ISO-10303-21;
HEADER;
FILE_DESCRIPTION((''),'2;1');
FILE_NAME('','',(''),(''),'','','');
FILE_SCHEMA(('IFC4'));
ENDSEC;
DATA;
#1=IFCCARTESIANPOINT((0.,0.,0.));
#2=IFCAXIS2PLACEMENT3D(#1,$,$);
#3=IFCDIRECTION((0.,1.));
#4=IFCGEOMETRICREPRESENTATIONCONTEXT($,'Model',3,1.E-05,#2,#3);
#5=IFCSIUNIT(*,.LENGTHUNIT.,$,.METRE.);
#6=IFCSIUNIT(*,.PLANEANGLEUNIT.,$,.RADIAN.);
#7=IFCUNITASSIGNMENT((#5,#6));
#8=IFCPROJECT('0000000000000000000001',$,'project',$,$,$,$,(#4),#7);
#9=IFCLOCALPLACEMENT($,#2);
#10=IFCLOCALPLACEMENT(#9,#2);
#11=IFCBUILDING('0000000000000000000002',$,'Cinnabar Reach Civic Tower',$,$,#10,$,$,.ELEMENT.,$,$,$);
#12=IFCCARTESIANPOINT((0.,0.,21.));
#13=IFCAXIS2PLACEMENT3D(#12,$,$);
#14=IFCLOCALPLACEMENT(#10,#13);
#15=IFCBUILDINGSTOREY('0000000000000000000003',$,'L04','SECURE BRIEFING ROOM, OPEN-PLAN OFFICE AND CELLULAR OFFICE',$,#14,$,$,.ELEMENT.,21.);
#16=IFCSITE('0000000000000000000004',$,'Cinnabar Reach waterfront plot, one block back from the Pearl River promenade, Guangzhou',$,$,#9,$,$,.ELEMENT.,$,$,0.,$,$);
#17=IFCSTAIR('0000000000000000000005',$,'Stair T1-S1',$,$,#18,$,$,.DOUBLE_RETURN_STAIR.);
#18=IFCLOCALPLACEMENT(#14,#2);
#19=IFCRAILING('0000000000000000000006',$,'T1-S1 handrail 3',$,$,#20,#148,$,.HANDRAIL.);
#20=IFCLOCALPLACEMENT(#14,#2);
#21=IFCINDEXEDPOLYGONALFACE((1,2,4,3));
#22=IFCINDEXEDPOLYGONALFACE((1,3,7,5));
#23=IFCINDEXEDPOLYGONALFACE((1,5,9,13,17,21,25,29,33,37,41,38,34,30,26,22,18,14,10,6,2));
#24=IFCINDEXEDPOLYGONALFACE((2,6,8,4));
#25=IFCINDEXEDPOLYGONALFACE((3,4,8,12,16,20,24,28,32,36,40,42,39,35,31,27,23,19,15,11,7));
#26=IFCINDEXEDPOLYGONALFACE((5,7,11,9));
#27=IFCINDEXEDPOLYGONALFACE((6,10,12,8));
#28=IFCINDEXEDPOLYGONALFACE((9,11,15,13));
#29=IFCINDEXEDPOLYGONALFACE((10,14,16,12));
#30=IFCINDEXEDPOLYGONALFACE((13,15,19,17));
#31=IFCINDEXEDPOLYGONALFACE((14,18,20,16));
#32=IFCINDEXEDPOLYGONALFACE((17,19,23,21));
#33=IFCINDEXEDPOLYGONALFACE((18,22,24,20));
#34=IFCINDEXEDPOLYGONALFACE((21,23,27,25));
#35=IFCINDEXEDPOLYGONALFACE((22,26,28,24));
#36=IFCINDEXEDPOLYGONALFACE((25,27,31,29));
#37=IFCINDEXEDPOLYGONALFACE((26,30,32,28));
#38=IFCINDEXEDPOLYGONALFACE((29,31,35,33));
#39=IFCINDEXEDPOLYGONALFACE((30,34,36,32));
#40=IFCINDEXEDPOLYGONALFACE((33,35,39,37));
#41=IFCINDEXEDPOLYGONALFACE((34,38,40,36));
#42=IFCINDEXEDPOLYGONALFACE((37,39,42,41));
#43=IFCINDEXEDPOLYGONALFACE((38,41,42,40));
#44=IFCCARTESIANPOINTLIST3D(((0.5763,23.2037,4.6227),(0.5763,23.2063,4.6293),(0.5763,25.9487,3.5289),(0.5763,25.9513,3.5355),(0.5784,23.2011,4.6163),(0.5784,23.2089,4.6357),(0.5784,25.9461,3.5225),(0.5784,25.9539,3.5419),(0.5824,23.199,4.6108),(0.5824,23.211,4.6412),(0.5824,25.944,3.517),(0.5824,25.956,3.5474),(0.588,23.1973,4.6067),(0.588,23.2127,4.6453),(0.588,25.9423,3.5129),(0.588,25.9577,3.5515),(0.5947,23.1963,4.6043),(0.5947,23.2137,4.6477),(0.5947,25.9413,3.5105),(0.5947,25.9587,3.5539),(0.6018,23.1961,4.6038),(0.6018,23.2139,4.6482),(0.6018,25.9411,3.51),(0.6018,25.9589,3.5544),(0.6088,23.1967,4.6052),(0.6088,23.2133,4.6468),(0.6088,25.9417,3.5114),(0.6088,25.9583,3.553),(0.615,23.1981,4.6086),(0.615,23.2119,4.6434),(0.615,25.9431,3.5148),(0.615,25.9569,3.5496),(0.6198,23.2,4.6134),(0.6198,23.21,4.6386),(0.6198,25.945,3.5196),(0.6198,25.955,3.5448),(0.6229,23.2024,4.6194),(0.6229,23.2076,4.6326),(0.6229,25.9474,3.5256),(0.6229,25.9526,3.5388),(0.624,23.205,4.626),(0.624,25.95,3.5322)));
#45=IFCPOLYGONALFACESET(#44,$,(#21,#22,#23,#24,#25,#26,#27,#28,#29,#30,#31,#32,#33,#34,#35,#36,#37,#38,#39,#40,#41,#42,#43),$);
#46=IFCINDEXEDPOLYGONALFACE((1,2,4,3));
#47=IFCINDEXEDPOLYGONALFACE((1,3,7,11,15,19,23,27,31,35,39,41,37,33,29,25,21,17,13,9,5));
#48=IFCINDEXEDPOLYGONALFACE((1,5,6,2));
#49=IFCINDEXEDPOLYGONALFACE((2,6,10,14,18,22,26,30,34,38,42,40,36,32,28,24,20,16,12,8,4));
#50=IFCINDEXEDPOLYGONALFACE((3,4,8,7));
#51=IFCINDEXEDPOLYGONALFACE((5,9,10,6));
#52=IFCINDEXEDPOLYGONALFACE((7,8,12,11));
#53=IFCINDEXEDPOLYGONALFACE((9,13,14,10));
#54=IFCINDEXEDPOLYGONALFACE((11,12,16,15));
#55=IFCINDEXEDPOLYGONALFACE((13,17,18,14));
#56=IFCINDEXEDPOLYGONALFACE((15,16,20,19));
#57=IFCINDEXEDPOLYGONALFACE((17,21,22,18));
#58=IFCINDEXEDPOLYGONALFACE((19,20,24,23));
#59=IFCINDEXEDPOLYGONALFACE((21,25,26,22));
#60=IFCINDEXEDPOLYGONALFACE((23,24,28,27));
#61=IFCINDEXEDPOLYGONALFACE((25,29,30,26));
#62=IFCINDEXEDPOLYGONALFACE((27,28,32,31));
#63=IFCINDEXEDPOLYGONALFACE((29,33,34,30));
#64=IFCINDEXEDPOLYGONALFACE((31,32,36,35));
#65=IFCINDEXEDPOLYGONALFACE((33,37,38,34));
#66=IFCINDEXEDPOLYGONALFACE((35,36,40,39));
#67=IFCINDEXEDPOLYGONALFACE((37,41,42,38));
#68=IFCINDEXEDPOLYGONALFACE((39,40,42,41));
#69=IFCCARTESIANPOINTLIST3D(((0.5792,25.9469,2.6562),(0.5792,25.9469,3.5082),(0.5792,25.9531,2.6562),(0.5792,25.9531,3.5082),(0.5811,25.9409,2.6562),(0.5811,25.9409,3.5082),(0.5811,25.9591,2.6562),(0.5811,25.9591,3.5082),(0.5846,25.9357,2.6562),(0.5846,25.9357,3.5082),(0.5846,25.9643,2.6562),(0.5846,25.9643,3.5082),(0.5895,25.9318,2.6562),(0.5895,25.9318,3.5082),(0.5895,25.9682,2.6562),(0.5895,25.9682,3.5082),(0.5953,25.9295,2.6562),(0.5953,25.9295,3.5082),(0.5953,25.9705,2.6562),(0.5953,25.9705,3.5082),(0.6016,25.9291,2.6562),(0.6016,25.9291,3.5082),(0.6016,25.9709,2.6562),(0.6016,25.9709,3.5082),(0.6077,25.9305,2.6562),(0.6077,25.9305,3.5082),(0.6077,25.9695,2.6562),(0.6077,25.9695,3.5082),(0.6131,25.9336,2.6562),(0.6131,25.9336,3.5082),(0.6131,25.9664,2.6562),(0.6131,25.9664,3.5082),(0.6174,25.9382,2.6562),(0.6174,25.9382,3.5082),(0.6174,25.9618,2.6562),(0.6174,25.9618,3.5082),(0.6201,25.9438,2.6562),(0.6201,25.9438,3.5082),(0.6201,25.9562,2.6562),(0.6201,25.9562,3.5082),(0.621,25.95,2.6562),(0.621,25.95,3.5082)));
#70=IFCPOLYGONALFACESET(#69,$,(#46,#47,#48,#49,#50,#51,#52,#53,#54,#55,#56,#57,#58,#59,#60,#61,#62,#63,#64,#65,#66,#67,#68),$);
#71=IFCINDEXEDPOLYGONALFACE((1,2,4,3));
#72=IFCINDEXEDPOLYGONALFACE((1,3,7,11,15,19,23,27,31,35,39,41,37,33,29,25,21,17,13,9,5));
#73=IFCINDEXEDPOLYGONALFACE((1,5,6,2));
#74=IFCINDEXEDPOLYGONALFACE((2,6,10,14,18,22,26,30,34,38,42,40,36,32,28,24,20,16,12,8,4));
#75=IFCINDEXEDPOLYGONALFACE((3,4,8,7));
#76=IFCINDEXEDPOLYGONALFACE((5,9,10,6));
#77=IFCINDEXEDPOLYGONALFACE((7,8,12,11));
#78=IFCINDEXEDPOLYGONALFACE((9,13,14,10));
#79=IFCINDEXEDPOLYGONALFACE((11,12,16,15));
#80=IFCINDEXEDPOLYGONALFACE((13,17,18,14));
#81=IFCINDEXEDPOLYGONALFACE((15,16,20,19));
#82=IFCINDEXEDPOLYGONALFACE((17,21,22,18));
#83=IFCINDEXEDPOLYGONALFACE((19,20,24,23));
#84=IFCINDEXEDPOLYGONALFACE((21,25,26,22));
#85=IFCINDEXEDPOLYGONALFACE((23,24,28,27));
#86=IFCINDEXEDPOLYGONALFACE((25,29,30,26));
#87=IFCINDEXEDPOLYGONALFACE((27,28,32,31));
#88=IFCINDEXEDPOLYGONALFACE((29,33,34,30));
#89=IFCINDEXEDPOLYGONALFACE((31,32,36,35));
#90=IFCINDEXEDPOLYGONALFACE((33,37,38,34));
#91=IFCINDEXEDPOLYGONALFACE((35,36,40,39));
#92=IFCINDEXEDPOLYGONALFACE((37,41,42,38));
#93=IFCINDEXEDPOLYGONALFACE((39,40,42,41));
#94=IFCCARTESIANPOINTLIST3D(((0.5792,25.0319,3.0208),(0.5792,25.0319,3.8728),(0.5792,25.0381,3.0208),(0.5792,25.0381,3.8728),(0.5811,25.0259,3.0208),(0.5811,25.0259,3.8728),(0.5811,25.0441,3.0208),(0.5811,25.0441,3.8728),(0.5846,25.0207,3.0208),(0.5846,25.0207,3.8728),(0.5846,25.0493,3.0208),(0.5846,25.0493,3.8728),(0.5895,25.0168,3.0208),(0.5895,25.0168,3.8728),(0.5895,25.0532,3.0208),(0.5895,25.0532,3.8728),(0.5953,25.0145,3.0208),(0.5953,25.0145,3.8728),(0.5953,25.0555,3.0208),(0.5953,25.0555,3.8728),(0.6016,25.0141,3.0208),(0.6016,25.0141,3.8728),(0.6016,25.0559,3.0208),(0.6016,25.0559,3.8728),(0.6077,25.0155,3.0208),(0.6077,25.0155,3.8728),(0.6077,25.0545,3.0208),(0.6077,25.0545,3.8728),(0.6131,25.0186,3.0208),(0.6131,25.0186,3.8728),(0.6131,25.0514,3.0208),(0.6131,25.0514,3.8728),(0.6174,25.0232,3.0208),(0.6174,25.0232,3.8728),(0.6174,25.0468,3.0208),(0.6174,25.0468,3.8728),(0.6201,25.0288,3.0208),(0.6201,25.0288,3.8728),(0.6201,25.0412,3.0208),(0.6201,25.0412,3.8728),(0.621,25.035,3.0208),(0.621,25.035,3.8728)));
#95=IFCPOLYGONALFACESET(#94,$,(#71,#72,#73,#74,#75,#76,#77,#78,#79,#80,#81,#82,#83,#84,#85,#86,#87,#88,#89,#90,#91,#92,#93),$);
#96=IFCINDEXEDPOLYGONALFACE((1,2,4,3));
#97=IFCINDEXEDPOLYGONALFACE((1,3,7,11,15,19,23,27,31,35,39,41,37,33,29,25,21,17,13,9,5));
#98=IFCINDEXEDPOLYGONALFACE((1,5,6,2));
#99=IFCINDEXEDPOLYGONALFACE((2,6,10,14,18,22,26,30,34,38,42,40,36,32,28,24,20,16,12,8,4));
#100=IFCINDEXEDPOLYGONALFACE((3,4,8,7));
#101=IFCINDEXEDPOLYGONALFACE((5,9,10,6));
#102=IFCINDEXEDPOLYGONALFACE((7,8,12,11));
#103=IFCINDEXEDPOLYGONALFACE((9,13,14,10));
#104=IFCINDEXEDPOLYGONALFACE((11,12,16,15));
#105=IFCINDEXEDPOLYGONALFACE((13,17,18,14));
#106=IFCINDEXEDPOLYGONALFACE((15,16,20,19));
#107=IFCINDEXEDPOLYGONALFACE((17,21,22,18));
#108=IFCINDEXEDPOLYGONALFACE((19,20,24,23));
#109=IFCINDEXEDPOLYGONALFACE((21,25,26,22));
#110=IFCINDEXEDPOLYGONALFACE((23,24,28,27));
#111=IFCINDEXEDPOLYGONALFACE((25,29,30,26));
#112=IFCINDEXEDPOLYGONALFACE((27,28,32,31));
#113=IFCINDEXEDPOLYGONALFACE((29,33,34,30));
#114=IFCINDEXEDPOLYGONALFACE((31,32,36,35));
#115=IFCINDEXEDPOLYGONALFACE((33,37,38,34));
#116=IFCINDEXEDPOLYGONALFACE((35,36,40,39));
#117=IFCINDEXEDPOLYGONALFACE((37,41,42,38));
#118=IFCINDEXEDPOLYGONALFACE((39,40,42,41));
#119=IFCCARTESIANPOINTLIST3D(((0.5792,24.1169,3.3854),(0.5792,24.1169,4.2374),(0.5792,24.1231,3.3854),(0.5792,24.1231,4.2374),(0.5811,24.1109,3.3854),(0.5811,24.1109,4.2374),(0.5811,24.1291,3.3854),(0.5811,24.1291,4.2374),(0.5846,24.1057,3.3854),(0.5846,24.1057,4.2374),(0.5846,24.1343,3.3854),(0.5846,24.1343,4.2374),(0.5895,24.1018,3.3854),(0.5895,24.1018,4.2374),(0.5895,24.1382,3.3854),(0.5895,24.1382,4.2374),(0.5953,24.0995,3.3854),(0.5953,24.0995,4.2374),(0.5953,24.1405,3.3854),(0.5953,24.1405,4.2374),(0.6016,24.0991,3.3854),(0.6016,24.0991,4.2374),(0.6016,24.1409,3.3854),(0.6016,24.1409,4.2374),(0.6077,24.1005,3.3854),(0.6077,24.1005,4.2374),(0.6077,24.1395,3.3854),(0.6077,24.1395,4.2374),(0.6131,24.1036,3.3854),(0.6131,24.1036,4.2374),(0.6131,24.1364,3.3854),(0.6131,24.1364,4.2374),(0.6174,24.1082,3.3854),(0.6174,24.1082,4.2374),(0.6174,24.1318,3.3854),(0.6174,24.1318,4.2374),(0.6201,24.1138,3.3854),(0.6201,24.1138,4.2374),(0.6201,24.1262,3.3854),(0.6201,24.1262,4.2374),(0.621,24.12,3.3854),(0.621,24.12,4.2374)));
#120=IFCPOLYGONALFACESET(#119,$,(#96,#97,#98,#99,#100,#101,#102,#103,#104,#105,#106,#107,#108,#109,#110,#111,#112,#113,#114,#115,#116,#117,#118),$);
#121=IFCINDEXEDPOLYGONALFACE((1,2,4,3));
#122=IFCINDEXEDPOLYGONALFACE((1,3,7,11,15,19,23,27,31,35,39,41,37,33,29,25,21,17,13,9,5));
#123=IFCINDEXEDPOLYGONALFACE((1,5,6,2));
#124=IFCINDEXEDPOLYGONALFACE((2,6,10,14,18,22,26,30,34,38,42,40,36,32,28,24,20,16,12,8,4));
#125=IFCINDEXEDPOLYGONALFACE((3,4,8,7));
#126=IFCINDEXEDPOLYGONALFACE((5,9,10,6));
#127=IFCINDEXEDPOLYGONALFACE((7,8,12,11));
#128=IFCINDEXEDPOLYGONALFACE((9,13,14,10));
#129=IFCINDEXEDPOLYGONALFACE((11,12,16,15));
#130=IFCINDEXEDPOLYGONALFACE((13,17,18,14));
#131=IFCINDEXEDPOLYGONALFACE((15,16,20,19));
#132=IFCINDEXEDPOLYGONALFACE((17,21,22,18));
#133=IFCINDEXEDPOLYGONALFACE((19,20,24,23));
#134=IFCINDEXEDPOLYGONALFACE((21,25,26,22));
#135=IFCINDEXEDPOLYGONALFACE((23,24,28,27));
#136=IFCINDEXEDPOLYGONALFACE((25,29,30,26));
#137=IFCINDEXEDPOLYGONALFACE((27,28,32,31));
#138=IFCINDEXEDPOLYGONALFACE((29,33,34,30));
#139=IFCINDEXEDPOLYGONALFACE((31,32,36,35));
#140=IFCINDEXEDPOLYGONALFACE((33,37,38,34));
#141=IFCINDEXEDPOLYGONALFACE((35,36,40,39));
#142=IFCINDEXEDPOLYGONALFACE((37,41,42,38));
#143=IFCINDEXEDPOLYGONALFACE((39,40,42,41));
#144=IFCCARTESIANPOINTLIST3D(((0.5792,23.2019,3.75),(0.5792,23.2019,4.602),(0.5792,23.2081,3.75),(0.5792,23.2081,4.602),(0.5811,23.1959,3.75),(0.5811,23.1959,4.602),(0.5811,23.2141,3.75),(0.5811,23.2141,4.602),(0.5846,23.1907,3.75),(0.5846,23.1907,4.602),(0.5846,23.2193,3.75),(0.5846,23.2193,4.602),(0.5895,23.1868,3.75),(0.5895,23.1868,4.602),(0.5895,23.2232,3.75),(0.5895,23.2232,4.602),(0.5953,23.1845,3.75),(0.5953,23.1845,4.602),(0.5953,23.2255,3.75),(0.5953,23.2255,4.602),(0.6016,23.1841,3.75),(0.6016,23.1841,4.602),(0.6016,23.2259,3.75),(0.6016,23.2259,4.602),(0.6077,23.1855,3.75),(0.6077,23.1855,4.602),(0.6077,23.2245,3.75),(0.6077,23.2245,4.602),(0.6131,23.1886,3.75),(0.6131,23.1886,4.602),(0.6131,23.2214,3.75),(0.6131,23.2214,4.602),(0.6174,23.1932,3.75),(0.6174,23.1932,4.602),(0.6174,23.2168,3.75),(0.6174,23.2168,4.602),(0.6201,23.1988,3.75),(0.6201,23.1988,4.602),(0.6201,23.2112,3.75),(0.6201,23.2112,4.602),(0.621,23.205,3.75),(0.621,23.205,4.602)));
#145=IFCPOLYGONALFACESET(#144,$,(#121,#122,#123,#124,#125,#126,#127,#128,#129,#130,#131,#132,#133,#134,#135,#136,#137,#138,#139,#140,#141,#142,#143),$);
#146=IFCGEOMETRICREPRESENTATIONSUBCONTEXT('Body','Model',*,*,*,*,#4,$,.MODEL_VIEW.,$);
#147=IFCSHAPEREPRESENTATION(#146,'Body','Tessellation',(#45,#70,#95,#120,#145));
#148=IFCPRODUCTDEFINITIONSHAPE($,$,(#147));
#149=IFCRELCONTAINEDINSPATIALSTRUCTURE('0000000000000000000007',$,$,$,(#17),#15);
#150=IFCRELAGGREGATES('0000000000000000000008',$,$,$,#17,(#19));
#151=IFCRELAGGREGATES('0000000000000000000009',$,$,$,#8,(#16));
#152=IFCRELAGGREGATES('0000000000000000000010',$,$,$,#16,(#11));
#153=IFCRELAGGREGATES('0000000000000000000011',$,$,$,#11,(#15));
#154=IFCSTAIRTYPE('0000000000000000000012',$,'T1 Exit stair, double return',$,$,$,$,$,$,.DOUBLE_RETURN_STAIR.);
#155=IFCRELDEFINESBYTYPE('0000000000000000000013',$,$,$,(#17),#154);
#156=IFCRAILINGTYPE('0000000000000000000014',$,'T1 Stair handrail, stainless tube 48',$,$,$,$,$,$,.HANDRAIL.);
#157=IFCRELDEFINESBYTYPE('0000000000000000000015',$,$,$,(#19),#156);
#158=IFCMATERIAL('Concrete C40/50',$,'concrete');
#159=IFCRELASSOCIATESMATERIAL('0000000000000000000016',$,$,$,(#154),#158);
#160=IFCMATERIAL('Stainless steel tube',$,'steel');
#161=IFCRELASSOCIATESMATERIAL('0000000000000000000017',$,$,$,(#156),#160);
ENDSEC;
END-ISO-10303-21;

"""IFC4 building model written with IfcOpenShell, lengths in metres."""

from ifc_helpers import new_model, si_unit, direction, frame, origin, origin_2d, place, context, subcontext, project, spatial, circle, extrude, material, type_object, element, aggregate, save


model = new_model("IFC4")

# Units and contexts
model_context = context("Model", 3, precision=1e-05, world=origin(), true_north=direction((0.0, 1.0)))
body_context = subcontext(model_context, "Body", "Model", "MODEL_VIEW")
ifc_project = project(units=[si_unit("LENGTHUNIT", "METRE"), si_unit("PLANEANGLEUNIT", "RADIAN")], contexts=[model_context])

# Site, building, storey
site_placement = place(None, origin())
site = spatial("IfcSite", under=ifc_project, at=site_placement, Name="Cinnabar Reach waterfront plot, one block back from the Pearl River promenade, Guangzhou", CompositionType="ELEMENT", RefElevation=0.0)
building_placement = place(site_placement, origin())
building = spatial("IfcBuilding", under=site, at=building_placement, Name="Cinnabar Reach Civic Tower", CompositionType="ELEMENT")
storey_placement = place(building_placement, frame((0.0, 0.0, 21.0)))
storey = spatial("IfcBuildingStorey", under=building, at=storey_placement, Name="L04", Description="SECURE BRIEFING ROOM, OPEN-PLAN OFFICE AND CELLULAR OFFICE", CompositionType="ELEMENT", Elevation=21.0)

# Stair
ifc_material_1 = material(Name="Concrete C40/50", Category="concrete")
stair_type = type_object("IfcStairType", Name="T1 Exit stair, double return", PredefinedType="DOUBLE_RETURN_STAIR", material=ifc_material_1)
stair_1_placement = place(storey_placement, origin())
stair_1 = element("IfcStair", 1, at=stair_1_placement, inside=storey, type_object=stair_type, Name="Stair T1-S1", PredefinedType="DOUBLE_RETURN_STAIR")

# Railing
ifc_material_2 = material(Name="Stainless steel tube", Category="steel")
railing_type_1 = type_object("IfcRailingType", Name="T1 Stair handrail, stainless tube 48", PredefinedType="HANDRAIL", material=ifc_material_2)
railing_1_placement = place(storey_placement, frame((0.6, 25.95, 2.6562)))
railing_1 = element("IfcRailing", 2, at=railing_1_placement, type_object=railing_type_1, Name="T1-S1 handrail 3", PredefinedType="HANDRAIL", context=body_context, shape_type="SweptSolid", body=[
    extrude(circle(Radius=0.024, at=origin_2d()), frame((0.0, 0.0, 0.876), z_axis=(0.0, -0.928966, 0.370165), x_axis=(1.0, 0.0, 0.0)), (0.0, 0.0, 1.0), 2.9549),
    extrude(circle(Radius=0.021, at=origin_2d()), origin(), (0.0, 0.0, 1.0), 0.852),
    extrude(circle(Radius=0.021, at=origin_2d()), frame((0.0, -0.915, 0.3646)), (0.0, 0.0, 1.0), 0.852),
    extrude(circle(Radius=0.021, at=origin_2d()), frame((0.0, -1.83, 0.7292)), (0.0, 0.0, 1.0), 0.852),
    extrude(circle(Radius=0.021, at=origin_2d()), frame((0.0, -2.745, 1.0938)), (0.0, 0.0, 1.0), 0.852),
])
aggregate(stair_1, [railing_1])

save(model, "model.ifc")
